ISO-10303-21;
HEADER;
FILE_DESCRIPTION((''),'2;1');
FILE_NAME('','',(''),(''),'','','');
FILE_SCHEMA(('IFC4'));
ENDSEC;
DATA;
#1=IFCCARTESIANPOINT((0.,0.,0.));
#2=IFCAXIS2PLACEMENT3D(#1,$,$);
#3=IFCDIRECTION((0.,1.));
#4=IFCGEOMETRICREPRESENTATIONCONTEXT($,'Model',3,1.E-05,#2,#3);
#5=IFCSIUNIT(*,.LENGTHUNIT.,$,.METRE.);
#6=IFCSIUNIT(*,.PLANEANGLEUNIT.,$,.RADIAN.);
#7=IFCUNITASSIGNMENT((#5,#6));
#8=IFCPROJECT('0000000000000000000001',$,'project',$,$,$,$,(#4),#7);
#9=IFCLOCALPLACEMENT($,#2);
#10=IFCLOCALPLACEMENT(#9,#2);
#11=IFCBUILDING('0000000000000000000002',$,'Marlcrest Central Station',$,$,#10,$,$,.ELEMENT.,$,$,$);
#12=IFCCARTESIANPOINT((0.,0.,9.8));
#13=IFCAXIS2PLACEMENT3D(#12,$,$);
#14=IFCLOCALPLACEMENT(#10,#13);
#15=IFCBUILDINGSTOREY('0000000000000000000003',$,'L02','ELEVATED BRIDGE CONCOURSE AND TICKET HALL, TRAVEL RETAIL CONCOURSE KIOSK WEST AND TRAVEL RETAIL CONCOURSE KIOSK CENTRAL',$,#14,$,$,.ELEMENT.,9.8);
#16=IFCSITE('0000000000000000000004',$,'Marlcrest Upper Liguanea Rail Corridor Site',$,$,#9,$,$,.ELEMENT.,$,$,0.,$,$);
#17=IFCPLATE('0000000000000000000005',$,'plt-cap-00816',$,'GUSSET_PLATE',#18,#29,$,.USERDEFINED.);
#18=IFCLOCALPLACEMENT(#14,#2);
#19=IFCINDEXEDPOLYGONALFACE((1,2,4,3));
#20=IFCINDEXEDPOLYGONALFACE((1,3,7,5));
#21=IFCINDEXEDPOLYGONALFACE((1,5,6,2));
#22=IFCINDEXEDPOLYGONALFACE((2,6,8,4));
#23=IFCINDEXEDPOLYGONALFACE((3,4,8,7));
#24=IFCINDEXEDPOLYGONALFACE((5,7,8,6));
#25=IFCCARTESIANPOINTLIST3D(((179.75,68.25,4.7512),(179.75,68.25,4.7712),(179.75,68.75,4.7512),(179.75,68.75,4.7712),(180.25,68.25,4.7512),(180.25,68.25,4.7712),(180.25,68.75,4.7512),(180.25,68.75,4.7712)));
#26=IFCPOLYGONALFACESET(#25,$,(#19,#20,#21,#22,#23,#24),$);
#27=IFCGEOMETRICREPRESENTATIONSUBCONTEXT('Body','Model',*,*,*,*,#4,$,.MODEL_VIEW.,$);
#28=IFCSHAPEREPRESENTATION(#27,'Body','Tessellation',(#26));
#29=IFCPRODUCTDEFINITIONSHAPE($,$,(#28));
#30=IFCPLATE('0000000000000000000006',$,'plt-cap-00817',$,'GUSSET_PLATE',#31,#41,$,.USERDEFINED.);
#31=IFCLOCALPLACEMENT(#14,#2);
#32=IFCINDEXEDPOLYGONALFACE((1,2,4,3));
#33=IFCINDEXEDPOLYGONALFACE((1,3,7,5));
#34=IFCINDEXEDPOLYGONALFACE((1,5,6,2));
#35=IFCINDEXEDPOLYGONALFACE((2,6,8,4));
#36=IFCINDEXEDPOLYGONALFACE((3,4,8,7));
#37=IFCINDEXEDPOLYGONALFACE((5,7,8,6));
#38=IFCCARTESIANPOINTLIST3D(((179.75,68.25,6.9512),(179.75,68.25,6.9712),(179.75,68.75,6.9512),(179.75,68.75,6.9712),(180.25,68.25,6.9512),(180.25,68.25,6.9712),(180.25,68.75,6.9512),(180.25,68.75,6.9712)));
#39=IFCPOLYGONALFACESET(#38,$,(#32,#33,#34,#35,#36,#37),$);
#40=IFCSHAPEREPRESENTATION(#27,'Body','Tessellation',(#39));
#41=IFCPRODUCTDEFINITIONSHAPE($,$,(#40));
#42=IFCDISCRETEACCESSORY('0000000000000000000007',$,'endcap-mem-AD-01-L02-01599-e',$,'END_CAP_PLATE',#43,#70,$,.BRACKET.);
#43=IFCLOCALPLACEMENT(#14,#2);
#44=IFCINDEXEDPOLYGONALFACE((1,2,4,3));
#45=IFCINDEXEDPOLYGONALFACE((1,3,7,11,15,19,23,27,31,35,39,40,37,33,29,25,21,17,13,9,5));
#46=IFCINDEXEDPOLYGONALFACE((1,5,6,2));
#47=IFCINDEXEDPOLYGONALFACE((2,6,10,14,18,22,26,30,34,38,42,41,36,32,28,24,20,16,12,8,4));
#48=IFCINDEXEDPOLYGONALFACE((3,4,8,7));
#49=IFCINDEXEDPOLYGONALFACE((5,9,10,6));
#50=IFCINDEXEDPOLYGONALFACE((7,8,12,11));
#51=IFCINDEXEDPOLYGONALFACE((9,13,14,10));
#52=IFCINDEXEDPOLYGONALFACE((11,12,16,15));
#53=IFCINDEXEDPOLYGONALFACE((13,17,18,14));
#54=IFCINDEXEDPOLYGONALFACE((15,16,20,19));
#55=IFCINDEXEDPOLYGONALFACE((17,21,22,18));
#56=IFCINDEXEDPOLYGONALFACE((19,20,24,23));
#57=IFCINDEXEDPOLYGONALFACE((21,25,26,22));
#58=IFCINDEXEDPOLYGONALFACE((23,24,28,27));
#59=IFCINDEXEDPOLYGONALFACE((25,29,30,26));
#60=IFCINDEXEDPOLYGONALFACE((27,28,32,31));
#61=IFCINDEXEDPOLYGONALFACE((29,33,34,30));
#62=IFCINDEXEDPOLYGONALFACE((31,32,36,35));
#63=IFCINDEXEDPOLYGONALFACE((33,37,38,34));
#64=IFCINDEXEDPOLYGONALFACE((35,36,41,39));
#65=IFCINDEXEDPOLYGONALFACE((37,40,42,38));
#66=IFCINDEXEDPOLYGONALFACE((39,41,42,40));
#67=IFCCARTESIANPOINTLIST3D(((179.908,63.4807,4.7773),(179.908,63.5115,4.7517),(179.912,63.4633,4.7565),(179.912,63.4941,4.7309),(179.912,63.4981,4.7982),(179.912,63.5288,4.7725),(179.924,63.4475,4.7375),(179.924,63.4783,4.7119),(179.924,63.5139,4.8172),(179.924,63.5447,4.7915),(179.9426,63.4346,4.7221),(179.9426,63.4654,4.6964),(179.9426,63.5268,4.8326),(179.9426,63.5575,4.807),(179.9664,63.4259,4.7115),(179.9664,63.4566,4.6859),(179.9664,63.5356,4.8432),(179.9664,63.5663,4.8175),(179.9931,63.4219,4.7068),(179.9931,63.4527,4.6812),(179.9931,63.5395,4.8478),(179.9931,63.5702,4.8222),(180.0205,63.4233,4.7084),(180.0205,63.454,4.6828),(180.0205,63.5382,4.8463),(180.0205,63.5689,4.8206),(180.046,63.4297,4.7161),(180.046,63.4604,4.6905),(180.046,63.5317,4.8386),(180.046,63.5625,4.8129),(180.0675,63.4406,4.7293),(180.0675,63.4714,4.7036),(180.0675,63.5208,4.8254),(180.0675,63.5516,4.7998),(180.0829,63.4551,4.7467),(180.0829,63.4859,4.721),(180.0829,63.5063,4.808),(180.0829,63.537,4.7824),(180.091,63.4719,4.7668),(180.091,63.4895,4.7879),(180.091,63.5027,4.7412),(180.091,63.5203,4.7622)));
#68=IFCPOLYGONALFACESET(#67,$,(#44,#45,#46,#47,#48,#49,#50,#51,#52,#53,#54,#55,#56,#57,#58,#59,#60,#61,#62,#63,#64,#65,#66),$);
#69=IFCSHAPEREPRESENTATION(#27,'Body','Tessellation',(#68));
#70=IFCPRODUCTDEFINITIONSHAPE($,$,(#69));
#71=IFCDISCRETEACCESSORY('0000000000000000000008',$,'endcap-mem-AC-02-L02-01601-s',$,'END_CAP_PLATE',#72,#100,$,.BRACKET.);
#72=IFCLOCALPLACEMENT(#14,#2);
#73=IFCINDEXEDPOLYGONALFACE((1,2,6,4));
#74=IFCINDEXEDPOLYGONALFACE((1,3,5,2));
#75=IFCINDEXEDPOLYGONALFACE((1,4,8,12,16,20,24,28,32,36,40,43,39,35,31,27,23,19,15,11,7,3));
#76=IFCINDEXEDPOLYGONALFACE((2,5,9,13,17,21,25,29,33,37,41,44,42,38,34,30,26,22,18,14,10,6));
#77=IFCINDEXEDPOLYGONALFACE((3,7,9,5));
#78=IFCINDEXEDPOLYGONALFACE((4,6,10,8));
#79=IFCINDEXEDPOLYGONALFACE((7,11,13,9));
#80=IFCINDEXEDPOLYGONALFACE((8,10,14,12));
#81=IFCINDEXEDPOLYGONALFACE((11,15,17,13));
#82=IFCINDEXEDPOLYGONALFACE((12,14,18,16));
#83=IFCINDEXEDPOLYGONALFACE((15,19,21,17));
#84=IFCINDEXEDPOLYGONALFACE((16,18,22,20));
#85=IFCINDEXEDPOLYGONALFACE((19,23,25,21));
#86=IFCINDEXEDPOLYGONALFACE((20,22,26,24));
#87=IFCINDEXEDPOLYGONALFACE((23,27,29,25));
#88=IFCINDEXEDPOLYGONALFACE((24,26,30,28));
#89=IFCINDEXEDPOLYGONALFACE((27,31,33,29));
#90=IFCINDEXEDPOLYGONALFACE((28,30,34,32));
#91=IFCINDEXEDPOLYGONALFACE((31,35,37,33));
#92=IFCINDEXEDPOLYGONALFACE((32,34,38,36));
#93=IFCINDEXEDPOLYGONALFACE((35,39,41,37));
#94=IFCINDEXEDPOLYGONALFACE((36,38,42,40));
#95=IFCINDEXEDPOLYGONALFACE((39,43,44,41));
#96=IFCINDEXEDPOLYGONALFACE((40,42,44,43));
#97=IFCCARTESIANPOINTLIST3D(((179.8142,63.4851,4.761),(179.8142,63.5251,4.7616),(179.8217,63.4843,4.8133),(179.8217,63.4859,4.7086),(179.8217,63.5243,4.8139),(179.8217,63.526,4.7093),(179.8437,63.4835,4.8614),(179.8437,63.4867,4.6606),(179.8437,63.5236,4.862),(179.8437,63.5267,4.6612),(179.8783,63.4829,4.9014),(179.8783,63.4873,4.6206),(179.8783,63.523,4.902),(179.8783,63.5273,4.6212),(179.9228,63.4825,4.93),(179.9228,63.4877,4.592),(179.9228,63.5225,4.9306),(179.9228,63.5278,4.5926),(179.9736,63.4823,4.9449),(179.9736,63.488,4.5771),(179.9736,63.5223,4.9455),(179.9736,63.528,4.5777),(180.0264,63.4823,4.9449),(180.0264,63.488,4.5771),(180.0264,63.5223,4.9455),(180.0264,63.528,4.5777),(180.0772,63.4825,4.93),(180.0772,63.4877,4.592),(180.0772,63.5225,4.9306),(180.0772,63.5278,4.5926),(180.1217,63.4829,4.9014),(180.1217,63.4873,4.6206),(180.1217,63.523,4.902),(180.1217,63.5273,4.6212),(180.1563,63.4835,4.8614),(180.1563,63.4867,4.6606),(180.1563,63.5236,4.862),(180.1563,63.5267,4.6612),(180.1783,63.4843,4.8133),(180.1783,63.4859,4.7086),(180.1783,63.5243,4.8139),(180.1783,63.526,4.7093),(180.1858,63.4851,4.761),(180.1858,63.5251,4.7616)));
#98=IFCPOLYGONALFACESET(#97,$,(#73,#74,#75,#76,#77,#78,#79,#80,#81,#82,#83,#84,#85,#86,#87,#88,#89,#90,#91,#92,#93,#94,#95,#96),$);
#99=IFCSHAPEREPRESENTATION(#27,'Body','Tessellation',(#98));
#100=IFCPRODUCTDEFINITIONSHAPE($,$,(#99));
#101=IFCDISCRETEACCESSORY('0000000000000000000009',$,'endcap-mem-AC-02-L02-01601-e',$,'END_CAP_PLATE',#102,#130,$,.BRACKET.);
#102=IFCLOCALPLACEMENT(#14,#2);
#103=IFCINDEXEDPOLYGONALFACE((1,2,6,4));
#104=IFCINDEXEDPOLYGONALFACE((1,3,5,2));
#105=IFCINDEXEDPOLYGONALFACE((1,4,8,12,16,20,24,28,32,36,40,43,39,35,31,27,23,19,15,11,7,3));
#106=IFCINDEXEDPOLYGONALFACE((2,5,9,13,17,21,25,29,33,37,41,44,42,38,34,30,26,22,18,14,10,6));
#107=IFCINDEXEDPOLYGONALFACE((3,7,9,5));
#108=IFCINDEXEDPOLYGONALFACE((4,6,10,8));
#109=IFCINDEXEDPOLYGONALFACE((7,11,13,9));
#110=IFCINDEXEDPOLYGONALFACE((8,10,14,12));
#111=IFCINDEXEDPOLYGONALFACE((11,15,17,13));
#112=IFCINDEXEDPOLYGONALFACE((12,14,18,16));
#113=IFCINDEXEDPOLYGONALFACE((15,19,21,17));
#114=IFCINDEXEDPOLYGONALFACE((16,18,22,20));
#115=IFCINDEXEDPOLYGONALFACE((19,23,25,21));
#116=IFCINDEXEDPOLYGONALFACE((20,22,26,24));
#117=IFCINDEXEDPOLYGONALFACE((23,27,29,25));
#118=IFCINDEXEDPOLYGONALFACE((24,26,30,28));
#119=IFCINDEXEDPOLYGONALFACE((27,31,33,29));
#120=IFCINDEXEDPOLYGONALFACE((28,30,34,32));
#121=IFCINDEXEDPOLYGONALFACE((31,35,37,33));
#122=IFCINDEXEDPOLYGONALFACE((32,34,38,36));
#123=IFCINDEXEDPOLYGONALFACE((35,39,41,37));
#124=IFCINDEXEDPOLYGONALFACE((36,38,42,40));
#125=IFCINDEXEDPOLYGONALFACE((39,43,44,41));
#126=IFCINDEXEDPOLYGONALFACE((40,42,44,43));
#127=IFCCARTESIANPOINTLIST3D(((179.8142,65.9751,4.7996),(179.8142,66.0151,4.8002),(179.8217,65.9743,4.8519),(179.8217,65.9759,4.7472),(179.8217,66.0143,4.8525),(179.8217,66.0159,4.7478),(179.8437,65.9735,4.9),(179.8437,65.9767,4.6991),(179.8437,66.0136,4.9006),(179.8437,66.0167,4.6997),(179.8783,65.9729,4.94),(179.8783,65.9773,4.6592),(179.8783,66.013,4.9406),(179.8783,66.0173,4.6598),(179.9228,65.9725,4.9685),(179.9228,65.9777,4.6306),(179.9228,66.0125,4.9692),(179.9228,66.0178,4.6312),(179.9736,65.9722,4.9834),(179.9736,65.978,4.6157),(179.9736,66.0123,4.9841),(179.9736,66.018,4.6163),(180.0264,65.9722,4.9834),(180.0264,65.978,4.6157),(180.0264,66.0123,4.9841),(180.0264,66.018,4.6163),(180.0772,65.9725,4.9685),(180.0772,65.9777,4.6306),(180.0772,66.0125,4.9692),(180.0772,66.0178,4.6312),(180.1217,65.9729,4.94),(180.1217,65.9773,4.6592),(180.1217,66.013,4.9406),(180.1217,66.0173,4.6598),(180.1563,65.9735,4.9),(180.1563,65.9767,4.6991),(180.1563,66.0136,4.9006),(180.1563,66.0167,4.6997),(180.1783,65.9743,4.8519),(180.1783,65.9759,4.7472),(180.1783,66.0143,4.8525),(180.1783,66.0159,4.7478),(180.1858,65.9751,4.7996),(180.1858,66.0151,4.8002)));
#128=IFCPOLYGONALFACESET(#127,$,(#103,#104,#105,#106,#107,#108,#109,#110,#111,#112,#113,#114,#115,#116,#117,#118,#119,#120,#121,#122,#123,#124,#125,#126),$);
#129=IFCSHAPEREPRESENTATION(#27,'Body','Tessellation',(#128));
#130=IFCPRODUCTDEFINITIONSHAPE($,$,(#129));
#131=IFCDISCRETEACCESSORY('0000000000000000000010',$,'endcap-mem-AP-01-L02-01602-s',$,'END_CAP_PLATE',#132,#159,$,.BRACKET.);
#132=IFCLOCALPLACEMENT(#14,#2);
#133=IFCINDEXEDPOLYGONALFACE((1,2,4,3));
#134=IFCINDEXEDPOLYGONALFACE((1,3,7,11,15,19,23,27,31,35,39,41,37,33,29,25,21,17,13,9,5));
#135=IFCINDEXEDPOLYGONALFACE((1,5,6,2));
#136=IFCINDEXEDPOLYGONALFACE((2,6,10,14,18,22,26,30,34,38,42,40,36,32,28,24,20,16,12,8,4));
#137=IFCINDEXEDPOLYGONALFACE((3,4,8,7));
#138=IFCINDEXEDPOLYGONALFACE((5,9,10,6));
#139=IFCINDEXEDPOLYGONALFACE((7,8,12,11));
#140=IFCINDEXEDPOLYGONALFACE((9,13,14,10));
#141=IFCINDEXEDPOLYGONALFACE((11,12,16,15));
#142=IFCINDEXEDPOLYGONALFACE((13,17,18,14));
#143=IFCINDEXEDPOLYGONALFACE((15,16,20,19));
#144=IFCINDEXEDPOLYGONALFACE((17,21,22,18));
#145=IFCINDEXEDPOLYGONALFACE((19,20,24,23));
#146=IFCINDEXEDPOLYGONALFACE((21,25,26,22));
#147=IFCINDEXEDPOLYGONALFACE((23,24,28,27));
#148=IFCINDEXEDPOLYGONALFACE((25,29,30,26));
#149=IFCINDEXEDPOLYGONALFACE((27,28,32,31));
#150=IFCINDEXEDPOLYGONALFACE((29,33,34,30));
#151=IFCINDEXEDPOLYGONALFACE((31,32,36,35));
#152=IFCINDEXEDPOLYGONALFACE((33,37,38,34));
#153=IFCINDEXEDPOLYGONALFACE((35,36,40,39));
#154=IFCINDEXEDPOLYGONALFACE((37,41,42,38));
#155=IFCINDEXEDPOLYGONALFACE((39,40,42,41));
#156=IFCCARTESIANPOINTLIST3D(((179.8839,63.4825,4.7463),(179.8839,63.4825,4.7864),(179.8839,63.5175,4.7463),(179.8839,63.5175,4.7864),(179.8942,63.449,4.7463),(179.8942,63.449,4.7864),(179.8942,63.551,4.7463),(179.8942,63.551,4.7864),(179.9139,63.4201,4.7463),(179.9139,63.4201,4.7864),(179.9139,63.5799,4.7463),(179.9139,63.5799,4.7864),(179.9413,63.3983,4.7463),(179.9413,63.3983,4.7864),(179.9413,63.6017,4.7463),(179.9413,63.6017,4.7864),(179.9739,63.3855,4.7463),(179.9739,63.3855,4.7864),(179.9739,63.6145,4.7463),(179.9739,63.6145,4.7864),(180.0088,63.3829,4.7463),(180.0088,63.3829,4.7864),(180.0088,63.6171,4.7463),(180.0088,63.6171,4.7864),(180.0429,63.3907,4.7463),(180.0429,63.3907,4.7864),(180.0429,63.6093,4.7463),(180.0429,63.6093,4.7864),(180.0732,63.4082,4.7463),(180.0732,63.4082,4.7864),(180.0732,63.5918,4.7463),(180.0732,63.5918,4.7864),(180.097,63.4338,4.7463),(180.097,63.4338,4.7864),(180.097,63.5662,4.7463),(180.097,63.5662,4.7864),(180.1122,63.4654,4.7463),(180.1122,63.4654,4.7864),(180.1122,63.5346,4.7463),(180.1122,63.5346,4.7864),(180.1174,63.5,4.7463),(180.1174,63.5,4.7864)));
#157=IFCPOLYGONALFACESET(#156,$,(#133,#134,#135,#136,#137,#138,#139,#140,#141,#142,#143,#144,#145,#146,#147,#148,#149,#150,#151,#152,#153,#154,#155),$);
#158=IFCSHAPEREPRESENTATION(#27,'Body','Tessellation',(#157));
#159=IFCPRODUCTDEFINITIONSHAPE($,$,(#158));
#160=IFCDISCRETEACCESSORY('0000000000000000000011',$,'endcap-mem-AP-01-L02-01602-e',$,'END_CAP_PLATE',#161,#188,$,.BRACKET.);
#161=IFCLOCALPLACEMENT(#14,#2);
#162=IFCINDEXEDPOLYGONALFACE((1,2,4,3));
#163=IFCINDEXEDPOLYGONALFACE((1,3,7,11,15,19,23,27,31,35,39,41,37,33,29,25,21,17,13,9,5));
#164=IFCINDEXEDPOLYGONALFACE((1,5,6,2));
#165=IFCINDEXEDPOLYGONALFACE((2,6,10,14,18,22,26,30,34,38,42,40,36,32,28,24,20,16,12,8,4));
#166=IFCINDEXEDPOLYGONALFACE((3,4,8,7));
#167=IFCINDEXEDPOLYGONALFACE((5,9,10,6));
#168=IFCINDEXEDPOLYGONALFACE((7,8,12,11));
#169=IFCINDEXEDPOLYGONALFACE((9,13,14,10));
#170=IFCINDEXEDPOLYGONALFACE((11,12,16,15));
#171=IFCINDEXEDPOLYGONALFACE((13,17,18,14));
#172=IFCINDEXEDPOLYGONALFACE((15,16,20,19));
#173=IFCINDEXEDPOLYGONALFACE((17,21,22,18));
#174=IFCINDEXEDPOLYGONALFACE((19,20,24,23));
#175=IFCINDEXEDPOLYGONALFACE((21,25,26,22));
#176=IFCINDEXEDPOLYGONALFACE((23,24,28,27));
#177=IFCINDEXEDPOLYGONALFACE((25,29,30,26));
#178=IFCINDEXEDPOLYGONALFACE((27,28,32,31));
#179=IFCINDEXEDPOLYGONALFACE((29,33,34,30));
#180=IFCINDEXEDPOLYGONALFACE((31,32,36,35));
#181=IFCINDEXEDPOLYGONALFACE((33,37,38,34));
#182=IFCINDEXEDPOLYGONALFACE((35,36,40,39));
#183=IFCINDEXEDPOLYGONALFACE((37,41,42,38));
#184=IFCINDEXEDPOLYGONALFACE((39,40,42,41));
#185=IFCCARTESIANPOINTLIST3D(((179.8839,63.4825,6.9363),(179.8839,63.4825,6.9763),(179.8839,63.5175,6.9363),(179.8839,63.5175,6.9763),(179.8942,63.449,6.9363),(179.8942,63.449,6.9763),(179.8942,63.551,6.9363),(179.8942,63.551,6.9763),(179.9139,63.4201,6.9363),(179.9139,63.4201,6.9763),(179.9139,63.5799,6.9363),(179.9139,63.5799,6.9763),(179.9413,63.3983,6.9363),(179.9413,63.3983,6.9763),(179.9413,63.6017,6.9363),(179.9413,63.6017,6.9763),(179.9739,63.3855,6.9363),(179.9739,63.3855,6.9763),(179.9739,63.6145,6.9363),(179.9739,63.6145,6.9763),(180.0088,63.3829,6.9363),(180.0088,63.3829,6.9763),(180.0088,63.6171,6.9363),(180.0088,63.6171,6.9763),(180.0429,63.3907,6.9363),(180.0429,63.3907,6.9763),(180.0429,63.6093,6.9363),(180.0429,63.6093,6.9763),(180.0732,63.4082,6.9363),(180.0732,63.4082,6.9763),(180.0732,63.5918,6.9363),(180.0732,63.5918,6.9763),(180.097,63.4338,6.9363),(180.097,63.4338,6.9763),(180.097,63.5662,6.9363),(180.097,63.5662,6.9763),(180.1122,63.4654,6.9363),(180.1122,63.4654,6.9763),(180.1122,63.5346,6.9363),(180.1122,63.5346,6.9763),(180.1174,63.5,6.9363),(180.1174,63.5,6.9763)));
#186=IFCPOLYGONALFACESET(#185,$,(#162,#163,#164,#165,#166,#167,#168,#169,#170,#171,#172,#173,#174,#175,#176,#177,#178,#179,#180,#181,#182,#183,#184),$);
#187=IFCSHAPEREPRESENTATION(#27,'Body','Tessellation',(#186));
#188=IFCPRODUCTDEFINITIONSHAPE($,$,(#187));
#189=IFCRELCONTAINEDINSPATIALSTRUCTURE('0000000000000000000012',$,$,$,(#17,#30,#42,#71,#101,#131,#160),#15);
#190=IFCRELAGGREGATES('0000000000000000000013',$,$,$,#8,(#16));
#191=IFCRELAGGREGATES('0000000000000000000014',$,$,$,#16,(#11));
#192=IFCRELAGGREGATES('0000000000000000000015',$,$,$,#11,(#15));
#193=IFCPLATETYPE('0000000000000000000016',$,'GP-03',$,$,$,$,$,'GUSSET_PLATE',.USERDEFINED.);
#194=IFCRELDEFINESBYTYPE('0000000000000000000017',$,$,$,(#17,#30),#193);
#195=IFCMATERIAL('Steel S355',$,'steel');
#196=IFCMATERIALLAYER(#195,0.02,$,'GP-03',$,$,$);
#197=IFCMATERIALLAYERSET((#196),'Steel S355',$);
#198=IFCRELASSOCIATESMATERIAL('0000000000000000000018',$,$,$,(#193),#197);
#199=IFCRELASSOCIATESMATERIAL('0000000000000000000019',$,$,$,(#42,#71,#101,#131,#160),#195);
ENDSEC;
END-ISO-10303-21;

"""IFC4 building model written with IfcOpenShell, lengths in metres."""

from ifc_helpers import new_model, si_unit, direction, frame, origin, origin_2d, place, context, subcontext, project, spatial, rectangle, circle, extrude, material, layer, layer_set, type_object, element, save


model = new_model("IFC4")

# Units and contexts
model_context = context("Model", 3, precision=1e-05, world=origin(), true_north=direction((0.0, 1.0)))
body_context = subcontext(model_context, "Body", "Model", "MODEL_VIEW")
ifc_project = project(units=[si_unit("LENGTHUNIT", "METRE"), si_unit("PLANEANGLEUNIT", "RADIAN")], contexts=[model_context])

# Site, building, storey
site_placement = place(None, origin())
site = spatial("IfcSite", under=ifc_project, at=site_placement, Name="Marlcrest Upper Liguanea Rail Corridor Site", CompositionType="ELEMENT", RefElevation=0.0)
building_placement = place(site_placement, origin())
building = spatial("IfcBuilding", under=site, at=building_placement, Name="Marlcrest Central Station", CompositionType="ELEMENT")
storey_placement = place(building_placement, frame((0.0, 0.0, 9.8)))
storey = spatial("IfcBuildingStorey", under=building, at=storey_placement, Name="L02", Description="ELEVATED BRIDGE CONCOURSE AND TICKET HALL, TRAVEL RETAIL CONCOURSE KIOSK WEST AND TRAVEL RETAIL CONCOURSE KIOSK CENTRAL", CompositionType="ELEMENT", Elevation=9.8)

# Shared definitions
ifc_material = material(Name="Steel S355", Category="steel")

# Plates
ifc_layer = layer(ifc_material, 0.02, Name="GP-03")
ifc_layer_set = layer_set([ifc_layer], Name="Steel S355")
plate_type = type_object("IfcPlateType", Name="GP-03", ElementType="GUSSET_PLATE", PredefinedType="USERDEFINED", material=ifc_layer_set)
for number, where, z_axis, x_axis, name in (
    (1, (180.0, 68.5, 4.7512), (0.0, 0.0, 1.0), (1.0, 0.0, 0.0), "plt-cap-00816"),
    (2, (180.0, 68.5, 6.9512), (0.0, 0.0, 1.0), (1.0, 0.0, 0.0), "plt-cap-00817"),
):
    element("IfcPlate", number, at=place(storey_placement, frame(where, z_axis=z_axis, x_axis=x_axis)), inside=storey, type_object=plate_type, Name=name, ObjectType="GUSSET_PLATE", PredefinedType="USERDEFINED", context=body_context, shape_type="SweptSolid", body=[
        extrude(rectangle(XDim=0.5, YDim=0.5, at=origin_2d()), origin(), (0.0, 0.0, 1.0), 0.02),
    ])

# Discrete accessories
discrete_accessory_1_placement = place(storey_placement, frame((180.0, 63.4807, 4.7773), z_axis=(0.0, 0.76816, -0.640258), x_axis=(-1.0, 0.0, 0.0)))
element("IfcDiscreteAccessory", 3, at=discrete_accessory_1_placement, inside=storey, material=ifc_material, Name="endcap-mem-AD-01-L02-01599-e", ObjectType="END_CAP_PLATE", PredefinedType="BRACKET", context=body_context, shape_type="SweptSolid", body=[
    extrude(circle(Radius=0.092, at=origin_2d()), origin(), (0.0, 0.0, 1.0), 0.04),
])
for number, where, z_axis, x_axis, name in (
    (4, (180.0, 63.4851, 4.761), (0.0, 0.999879, 0.015525), (-1.0, 0.0, 0.0), "endcap-mem-AC-02-L02-01601-s"),
    (5, (180.0, 65.9751, 4.7996), (0.0, 0.999879, 0.015525), (-1.0, 0.0, 0.0), "endcap-mem-AC-02-L02-01601-e"),
):
    element("IfcDiscreteAccessory", number, at=place(storey_placement, frame(where, z_axis=z_axis, x_axis=x_axis)), inside=storey, material=ifc_material, Name=name, ObjectType="END_CAP_PLATE", PredefinedType="BRACKET", context=body_context, shape_type="SweptSolid", body=[
        extrude(circle(Radius=0.1858, at=origin_2d()), origin(), (0.0, 0.0, 1.0), 0.04),
    ])
for number, where, z_axis, x_axis, name in (
    (6, (180.0, 63.5, 4.7463), (0.0, 0.0, 1.0), (1.0, 0.0, 0.0), "endcap-mem-AP-01-L02-01602-s"),
    (7, (180.0, 63.5, 6.9363), (0.0, 0.0, 1.0), (1.0, 0.0, 0.0), "endcap-mem-AP-01-L02-01602-e"),
):
    element("IfcDiscreteAccessory", number, at=place(storey_placement, frame(where, z_axis=z_axis, x_axis=x_axis)), inside=storey, material=ifc_material, Name=name, ObjectType="END_CAP_PLATE", PredefinedType="BRACKET", context=body_context, shape_type="SweptSolid", body=[
        extrude(circle(Radius=0.1174, at=origin_2d()), origin(), (0.0, 0.0, 1.0), 0.04),
    ])

save(model, "model.ifc")
